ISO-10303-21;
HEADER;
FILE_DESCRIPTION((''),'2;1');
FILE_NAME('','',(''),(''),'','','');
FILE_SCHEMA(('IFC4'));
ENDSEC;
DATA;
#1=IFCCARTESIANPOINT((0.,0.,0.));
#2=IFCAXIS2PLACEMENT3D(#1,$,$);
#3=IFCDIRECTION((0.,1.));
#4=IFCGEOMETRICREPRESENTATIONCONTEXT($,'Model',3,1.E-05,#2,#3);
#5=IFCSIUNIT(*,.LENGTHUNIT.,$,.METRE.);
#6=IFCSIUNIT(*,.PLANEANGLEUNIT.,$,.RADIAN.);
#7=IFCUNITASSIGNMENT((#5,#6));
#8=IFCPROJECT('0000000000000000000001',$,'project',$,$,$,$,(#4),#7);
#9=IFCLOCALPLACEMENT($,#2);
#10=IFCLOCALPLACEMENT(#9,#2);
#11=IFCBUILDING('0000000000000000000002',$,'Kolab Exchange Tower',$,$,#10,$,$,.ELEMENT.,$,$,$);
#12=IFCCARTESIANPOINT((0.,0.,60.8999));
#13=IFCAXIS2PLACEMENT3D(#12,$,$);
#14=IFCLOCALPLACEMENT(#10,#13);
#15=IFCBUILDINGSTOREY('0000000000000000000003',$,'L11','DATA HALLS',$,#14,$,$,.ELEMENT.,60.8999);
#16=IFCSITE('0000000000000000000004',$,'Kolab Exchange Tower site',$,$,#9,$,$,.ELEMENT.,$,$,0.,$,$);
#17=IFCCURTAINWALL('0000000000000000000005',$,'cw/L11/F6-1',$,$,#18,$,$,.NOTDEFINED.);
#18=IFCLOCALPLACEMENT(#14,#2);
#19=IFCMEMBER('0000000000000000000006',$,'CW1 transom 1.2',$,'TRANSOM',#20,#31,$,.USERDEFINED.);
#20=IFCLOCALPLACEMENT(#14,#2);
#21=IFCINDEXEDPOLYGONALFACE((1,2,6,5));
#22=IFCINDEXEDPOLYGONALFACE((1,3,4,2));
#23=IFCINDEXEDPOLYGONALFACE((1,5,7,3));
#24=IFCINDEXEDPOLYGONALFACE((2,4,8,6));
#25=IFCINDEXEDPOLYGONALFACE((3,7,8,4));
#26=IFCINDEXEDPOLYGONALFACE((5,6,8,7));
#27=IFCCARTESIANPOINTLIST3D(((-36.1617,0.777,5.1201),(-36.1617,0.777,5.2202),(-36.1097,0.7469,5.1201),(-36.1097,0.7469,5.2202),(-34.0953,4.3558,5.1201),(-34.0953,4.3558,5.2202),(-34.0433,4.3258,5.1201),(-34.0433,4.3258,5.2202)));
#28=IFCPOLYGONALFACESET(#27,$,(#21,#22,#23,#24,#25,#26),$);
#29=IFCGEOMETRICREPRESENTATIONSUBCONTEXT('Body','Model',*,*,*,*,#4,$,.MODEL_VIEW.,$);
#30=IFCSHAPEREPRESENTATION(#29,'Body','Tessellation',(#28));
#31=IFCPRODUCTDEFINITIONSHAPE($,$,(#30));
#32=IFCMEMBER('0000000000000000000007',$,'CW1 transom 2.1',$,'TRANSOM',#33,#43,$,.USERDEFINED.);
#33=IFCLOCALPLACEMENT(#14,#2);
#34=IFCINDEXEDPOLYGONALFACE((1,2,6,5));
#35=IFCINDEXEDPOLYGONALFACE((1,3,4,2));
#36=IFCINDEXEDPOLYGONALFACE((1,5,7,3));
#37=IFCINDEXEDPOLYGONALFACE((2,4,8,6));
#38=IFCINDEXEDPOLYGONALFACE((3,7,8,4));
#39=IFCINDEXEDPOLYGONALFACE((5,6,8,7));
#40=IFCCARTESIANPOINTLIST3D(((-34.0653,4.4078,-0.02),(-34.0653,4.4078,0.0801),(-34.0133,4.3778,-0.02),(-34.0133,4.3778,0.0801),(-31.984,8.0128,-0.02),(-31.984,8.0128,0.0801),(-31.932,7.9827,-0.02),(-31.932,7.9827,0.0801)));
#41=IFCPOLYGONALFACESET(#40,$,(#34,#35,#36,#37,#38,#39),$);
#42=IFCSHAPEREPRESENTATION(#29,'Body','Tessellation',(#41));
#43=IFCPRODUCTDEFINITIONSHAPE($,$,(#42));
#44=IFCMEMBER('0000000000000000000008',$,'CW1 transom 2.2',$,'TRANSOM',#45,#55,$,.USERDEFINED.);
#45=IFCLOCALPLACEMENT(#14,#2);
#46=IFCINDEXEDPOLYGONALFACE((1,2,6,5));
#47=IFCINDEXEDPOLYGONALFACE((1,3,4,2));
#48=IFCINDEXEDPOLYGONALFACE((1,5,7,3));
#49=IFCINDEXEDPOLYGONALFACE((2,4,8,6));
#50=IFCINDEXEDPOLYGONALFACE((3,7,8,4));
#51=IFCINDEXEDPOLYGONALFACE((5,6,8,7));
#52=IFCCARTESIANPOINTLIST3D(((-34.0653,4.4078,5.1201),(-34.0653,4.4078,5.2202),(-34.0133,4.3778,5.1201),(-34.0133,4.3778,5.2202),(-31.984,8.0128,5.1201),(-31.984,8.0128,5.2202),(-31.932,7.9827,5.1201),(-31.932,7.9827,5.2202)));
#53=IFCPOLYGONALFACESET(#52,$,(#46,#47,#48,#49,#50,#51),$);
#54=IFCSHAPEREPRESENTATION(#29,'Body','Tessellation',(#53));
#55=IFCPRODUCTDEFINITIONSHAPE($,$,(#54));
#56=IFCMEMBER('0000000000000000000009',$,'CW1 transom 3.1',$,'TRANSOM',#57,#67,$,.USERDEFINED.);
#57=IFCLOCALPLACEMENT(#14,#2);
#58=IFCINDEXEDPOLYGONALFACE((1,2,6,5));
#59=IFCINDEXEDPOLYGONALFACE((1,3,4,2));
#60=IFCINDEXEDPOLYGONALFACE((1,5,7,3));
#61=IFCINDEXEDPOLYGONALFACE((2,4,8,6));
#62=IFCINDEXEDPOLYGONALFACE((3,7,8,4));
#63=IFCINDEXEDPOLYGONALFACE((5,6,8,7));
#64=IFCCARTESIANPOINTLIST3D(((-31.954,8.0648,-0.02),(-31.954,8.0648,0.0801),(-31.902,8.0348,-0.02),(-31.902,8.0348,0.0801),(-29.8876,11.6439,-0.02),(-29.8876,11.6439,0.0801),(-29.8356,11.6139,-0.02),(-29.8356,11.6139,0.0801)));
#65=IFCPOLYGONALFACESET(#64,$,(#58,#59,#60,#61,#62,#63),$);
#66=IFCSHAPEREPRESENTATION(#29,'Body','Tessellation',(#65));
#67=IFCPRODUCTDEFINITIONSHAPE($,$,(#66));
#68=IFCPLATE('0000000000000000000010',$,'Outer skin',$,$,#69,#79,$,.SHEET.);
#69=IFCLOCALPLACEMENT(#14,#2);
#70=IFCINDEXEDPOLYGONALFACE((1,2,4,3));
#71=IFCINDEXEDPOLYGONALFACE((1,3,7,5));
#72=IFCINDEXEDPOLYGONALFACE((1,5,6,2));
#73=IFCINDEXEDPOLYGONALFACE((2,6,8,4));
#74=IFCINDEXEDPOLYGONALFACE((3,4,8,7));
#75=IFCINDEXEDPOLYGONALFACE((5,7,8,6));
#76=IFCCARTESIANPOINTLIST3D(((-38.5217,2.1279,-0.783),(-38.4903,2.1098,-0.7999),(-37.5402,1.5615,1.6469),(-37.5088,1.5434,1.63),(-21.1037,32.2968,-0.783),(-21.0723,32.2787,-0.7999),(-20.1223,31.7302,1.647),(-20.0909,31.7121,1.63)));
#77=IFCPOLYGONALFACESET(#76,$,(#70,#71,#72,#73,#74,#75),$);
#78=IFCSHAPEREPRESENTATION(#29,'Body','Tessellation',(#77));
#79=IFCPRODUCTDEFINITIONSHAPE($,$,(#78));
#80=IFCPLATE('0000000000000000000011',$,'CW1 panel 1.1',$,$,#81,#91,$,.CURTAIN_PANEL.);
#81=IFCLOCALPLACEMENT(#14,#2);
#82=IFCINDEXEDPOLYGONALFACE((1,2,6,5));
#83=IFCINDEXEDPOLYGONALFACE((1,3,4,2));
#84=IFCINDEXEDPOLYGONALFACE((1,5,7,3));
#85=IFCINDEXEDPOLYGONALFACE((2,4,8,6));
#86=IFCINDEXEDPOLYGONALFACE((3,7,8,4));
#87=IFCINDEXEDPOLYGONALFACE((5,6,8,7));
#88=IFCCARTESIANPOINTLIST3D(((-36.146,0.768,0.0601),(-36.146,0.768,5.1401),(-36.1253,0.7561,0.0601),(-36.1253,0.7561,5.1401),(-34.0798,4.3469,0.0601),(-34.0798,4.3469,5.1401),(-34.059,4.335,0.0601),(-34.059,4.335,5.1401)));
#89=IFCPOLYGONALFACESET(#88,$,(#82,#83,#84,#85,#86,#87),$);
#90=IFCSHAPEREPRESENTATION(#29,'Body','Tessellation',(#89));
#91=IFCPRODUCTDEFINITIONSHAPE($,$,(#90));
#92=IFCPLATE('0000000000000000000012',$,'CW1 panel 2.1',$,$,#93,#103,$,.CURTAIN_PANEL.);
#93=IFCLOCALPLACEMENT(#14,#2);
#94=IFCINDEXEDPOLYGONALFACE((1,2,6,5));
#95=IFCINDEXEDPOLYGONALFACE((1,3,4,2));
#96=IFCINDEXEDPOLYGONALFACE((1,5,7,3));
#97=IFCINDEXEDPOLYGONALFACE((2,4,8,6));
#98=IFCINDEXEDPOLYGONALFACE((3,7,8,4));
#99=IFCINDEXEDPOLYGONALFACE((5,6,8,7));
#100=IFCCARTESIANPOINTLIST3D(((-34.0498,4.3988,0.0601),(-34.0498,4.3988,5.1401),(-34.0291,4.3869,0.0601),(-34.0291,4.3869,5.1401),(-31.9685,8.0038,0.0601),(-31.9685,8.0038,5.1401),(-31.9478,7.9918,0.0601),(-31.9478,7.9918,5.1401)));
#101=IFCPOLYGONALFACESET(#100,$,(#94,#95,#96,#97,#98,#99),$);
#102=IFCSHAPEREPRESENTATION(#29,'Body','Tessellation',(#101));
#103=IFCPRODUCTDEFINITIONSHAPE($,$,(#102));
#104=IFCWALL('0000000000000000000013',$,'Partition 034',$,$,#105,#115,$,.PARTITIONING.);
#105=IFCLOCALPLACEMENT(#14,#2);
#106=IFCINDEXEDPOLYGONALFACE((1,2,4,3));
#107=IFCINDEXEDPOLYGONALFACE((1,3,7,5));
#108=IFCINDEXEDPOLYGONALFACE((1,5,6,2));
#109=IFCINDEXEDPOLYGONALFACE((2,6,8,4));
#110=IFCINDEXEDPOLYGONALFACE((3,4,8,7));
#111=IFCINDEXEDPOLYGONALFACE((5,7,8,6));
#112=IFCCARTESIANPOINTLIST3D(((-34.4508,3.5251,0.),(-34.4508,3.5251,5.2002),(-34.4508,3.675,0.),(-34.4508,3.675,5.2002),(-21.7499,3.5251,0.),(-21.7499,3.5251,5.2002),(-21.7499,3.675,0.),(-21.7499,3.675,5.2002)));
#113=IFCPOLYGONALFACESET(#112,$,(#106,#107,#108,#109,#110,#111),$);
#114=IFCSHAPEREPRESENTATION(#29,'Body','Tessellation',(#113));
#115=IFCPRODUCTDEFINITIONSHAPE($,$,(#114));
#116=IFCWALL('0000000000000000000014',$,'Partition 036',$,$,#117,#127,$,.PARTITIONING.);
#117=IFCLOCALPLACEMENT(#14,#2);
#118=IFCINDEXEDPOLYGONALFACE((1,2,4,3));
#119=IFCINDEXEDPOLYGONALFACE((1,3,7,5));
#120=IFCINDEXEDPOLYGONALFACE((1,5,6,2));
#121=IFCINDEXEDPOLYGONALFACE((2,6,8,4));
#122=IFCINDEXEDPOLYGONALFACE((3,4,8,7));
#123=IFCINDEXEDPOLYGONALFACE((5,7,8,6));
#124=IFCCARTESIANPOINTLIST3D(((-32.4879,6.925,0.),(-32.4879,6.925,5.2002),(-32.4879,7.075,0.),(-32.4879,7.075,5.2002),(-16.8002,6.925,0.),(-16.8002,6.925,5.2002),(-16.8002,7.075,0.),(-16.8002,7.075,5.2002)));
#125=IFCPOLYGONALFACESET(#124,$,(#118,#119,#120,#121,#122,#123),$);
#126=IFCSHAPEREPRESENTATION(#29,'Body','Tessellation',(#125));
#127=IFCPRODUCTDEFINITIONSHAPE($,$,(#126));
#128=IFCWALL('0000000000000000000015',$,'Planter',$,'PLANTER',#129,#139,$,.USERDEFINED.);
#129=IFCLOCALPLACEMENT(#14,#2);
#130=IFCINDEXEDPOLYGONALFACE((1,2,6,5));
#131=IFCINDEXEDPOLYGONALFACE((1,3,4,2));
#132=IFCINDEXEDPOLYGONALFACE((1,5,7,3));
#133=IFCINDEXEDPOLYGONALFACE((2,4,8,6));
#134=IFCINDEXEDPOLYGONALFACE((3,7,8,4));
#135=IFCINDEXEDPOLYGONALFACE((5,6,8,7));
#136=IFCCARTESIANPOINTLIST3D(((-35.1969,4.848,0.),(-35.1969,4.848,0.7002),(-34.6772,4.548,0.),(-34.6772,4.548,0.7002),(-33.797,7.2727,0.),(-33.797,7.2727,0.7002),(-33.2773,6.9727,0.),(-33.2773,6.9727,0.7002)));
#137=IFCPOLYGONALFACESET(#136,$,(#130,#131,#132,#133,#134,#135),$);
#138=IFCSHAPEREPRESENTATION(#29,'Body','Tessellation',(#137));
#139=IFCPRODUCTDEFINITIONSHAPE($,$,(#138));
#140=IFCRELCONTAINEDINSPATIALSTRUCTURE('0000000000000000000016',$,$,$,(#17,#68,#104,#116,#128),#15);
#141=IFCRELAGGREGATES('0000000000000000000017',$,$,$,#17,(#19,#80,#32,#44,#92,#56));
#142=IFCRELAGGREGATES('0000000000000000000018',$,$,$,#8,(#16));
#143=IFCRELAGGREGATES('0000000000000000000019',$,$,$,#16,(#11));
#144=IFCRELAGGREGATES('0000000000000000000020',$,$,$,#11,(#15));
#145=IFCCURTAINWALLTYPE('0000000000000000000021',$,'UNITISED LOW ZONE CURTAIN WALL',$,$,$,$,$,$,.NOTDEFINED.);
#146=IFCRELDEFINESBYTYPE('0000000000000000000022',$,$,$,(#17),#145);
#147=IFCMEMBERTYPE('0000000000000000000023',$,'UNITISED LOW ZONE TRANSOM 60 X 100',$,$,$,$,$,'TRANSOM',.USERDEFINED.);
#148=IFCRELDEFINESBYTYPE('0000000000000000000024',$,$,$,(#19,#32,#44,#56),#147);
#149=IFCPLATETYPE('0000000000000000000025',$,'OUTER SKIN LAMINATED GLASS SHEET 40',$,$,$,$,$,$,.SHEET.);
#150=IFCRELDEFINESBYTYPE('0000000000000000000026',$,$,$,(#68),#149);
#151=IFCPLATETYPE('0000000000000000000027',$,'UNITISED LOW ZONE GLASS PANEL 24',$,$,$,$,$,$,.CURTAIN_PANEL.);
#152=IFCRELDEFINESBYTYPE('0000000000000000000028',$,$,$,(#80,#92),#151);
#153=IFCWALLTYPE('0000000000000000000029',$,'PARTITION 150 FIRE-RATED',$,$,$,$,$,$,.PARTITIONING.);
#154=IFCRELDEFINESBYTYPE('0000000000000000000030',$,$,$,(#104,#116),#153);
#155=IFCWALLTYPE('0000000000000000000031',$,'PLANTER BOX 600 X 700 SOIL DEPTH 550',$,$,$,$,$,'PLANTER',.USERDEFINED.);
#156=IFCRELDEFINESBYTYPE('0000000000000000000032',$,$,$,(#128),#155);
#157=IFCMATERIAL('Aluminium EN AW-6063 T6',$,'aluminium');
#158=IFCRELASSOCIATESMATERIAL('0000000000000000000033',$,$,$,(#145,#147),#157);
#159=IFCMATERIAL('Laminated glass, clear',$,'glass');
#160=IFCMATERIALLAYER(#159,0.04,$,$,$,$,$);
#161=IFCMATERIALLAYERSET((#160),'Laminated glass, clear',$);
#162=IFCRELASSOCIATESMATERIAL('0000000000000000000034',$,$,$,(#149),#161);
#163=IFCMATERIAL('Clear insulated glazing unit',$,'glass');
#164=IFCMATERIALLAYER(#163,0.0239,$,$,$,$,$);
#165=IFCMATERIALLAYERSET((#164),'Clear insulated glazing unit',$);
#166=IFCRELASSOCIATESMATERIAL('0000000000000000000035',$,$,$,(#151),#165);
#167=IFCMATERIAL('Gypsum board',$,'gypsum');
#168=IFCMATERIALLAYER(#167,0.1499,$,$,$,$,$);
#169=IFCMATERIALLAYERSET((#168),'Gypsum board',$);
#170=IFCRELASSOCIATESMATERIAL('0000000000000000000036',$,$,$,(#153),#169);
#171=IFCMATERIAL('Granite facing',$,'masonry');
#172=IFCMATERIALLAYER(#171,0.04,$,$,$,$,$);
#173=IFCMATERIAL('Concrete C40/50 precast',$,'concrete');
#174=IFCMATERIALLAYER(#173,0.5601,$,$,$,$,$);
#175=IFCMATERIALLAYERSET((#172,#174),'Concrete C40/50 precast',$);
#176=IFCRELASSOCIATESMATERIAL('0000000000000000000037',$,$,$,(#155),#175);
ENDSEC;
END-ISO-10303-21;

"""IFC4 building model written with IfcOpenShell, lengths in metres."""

from ifc_helpers import new_model, si_unit, direction, frame, frame_2d, origin, origin_2d, place, context, subcontext, project, spatial, polyline, rectangle, outline, extrude, material, layer, layer_set, material_profile, profile_set, type_object, element, aggregate, save


model = new_model("IFC4")

# Units and contexts
model_context = context("Model", 3, precision=1e-05, world=origin(), true_north=direction((0.0, 1.0)))
body_context = subcontext(model_context, "Body", "Model", "MODEL_VIEW")
ifc_project = project(units=[si_unit("LENGTHUNIT", "METRE"), si_unit("PLANEANGLEUNIT", "RADIAN")], contexts=[model_context])

# Site, building, storey
site_placement = place(None, origin())
site = spatial("IfcSite", under=ifc_project, at=site_placement, Name="Kolab Exchange Tower site", CompositionType="ELEMENT", RefElevation=0.0)
building_placement = place(site_placement, origin())
building = spatial("IfcBuilding", under=site, at=building_placement, Name="Kolab Exchange Tower", CompositionType="ELEMENT")
storey_placement = place(building_placement, frame((0.0, 0.0, 60.8999)))
storey = spatial("IfcBuildingStorey", under=building, at=storey_placement, Name="L11", Description="DATA HALLS", CompositionType="ELEMENT", Elevation=60.8999)

# Curtain wall
ifc_material_1 = material(Name="Aluminium EN AW-6063 T6", Category="aluminium")
curtain_wall_type = type_object("IfcCurtainWallType", Name="UNITISED LOW ZONE CURTAIN WALL", PredefinedType="NOTDEFINED", material=ifc_material_1)
curtain_wall_1_placement = place(storey_placement, origin())
curtain_wall_1 = element("IfcCurtainWall", 1, at=curtain_wall_1_placement, inside=storey, type_object=curtain_wall_type, Name="cw/L11/F6-1", PredefinedType="NOTDEFINED")

# Members
ifc_material_profile_1 = material_profile(ifc_material_1, rectangle(XDim=0.0601, YDim=0.1001, at=origin_2d()), Name="RECT 60X100")
ifc_profile_set_1 = profile_set([ifc_material_profile_1], Name="Aluminium EN AW-6063 T6")
member_type_1 = type_object("IfcMemberType", Name="UNITISED LOW ZONE TRANSOM 60 X 100", ElementType="TRANSOM", PredefinedType="USERDEFINED", material=ifc_profile_set_1)
member_1_placement = place(storey_placement, frame((-36.1357, 0.762, 5.1702), z_axis=(0.500028, 0.866009, 0.0), x_axis=(-0.866009, 0.500028, 0.0)))
member_1 = element("IfcMember", 2, at=member_1_placement, type_object=member_type_1, Name="CW1 transom 1.2", ObjectType="TRANSOM", PredefinedType="USERDEFINED", context=body_context, shape_type="SweptSolid", body=[
    extrude(rectangle(XDim=0.0601, YDim=0.1001, at=origin_2d()), origin(), (0.0, 0.0, 1.0), 4.1326),
])
member_2_placement = place(storey_placement, frame((-34.0393, 4.3928, 0.03), z_axis=(0.499993, 0.866029, 0.0), x_axis=(-0.866029, 0.499993, 0.0)))
member_2 = element("IfcMember", 3, at=member_2_placement, type_object=member_type_1, Name="CW1 transom 2.1", ObjectType="TRANSOM", PredefinedType="USERDEFINED", context=body_context, shape_type="SweptSolid", body=[
    extrude(rectangle(XDim=0.0601, YDim=0.1001, at=origin_2d()), origin(), (0.0, 0.0, 1.0), 4.1626),
])
member_3_placement = place(storey_placement, frame((-34.0393, 4.3928, 5.1702), z_axis=(0.499993, 0.866029, 0.0), x_axis=(-0.866029, 0.499993, 0.0)))
member_3 = element("IfcMember", 4, at=member_3_placement, type_object=member_type_1, Name="CW1 transom 2.2", ObjectType="TRANSOM", PredefinedType="USERDEFINED", context=body_context, shape_type="SweptSolid", body=[
    extrude(rectangle(XDim=0.0601, YDim=0.1001, at=origin_2d()), origin(), (0.0, 0.0, 1.0), 4.1626),
])
member_4_placement = place(storey_placement, frame((-31.928, 8.0498, 0.03), z_axis=(0.500002, 0.866024, 0.0), x_axis=(-0.866024, 0.500002, 0.0)))
member_4 = element("IfcMember", 5, at=member_4_placement, type_object=member_type_1, Name="CW1 transom 3.1", ObjectType="TRANSOM", PredefinedType="USERDEFINED", context=body_context, shape_type="SweptSolid", body=[
    extrude(rectangle(XDim=0.0601, YDim=0.1001, at=origin_2d()), origin(), (0.0, 0.0, 1.0), 4.1328),
])

# Plates
ifc_material_2 = material(Name="Laminated glass, clear", Category="glass")
ifc_layer_1 = layer(ifc_material_2, 0.04)
ifc_layer_set_1 = layer_set([ifc_layer_1], Name="Laminated glass, clear")
plate_type_1 = type_object("IfcPlateType", Name="OUTER SKIN LAMINATED GLASS SHEET 40", PredefinedType="SHEET", material=ifc_layer_set_1)
plate_1_placement = place(storey_placement, frame((-38.5217, 2.1279, -0.783), z_axis=(-0.78487, 0.453145, 0.422657), x_axis=(0.5, 0.866026, -0.000001)))
element("IfcPlate", 6, at=plate_1_placement, inside=storey, type_object=plate_type_1, Name="Outer skin", PredefinedType="SHEET", context=body_context, shape_type="SweptSolid", body=[
    extrude(outline(polyline([(0.0, 0.0), (34.8361, 0.0), (34.836, -2.6812), (0.0002, -2.6812), (0.0, 0.0)])), origin(), (0.0, 0.0, -1.0), 0.04),
])
ifc_material_3 = material(Name="Clear insulated glazing unit", Category="glass")
ifc_layer_2 = layer(ifc_material_3, 0.0239)
ifc_layer_set_2 = layer_set([ifc_layer_2], Name="Clear insulated glazing unit")
plate_type_2 = type_object("IfcPlateType", Name="UNITISED LOW ZONE GLASS PANEL 24", PredefinedType="CURTAIN_PANEL", material=ifc_layer_set_2)
plate_2_placement = place(storey_placement, frame((-35.1025, 2.5515, 0.0601), z_axis=(0.0, 0.0, 1.0), x_axis=(0.5, 0.866025, 0.0)))
plate_2 = element("IfcPlate", 7, at=plate_2_placement, type_object=plate_type_2, Name="CW1 panel 1.1", PredefinedType="CURTAIN_PANEL", context=body_context, shape_type="SweptSolid", body=[
    extrude(rectangle(XDim=4.1326, YDim=0.0239, at=origin_2d()), origin(), (0.0, 0.0, 1.0), 5.0801),
])
plate_3_placement = place(storey_placement, frame((-32.9988, 6.1953, 0.0601), z_axis=(0.0, 0.0, 1.0), x_axis=(0.5, 0.866025, 0.0)))
plate_3 = element("IfcPlate", 8, at=plate_3_placement, type_object=plate_type_2, Name="CW1 panel 2.1", PredefinedType="CURTAIN_PANEL", context=body_context, shape_type="SweptSolid", body=[
    extrude(rectangle(XDim=4.1626, YDim=0.0239, at=origin_2d()), origin(), (0.0, 0.0, 1.0), 5.0801),
])
aggregate(curtain_wall_1, [member_1, plate_2, member_2, member_3, plate_3, member_4])

# Walls
ifc_material_4 = material(Name="Gypsum board", Category="gypsum")
ifc_layer_3 = layer(ifc_material_4, 0.1499)
ifc_layer_set_3 = layer_set([ifc_layer_3], Name="Gypsum board")
wall_type_1 = type_object("IfcWallType", Name="PARTITION 150 FIRE-RATED", PredefinedType="PARTITIONING", material=ifc_layer_set_3)
wall_1_placement = place(storey_placement, frame((-34.4509, 3.6001, 0.0), z_axis=(0.0, 0.0, 1.0), x_axis=(1.0, 0.0, 0.0)))
element("IfcWall", 9, at=wall_1_placement, inside=storey, type_object=wall_type_1, Name="Partition 034", PredefinedType="PARTITIONING", context=body_context, shape_type="SweptSolid", body=[
    extrude(rectangle(XDim=12.7009, YDim=0.1499, at=frame_2d((6.3506, 0.0))), origin(), (0.0, 0.0, 1.0), 5.2002),
])
wall_2_placement = place(storey_placement, frame((-32.4878, 7.0, 0.0), z_axis=(0.0, 0.0, 1.0), x_axis=(1.0, 0.0, 0.0)))
element("IfcWall", 10, at=wall_2_placement, inside=storey, type_object=wall_type_1, Name="Partition 036", PredefinedType="PARTITIONING", context=body_context, shape_type="SweptSolid", body=[
    extrude(rectangle(XDim=15.6877, YDim=0.1499, at=frame_2d((7.8438, 0.0))), origin(), (0.0, 0.0, 1.0), 5.2002),
])
ifc_material_5 = material(Name="Granite facing", Category="masonry")
ifc_layer_4 = layer(ifc_material_5, 0.04)
ifc_material_6 = material(Name="Concrete C40/50 precast", Category="concrete")
ifc_layer_5 = layer(ifc_material_6, 0.5601)
ifc_layer_set_4 = layer_set([ifc_layer_4, ifc_layer_5], Name="Concrete C40/50 precast")
wall_type_2 = type_object("IfcWallType", Name="PLANTER BOX 600 X 700 SOIL DEPTH 550", ElementType="PLANTER", PredefinedType="USERDEFINED", material=ifc_layer_set_4)
wall_3_placement = place(storey_placement, frame((-34.937, 4.698, 0.0), z_axis=(0.0, 0.0, 1.0), x_axis=(0.499984, 0.866035, 0.0)))
element("IfcWall", 11, at=wall_3_placement, inside=storey, type_object=wall_type_2, Name="Planter", ObjectType="PLANTER", PredefinedType="USERDEFINED", context=body_context, shape_type="SweptSolid", body=[
    extrude(rectangle(XDim=2.7998, YDim=0.6001, at=frame_2d((1.3999, 0.0))), origin(), (0.0, 0.0, 1.0), 0.7002),
])

save(model, "model.ifc")
